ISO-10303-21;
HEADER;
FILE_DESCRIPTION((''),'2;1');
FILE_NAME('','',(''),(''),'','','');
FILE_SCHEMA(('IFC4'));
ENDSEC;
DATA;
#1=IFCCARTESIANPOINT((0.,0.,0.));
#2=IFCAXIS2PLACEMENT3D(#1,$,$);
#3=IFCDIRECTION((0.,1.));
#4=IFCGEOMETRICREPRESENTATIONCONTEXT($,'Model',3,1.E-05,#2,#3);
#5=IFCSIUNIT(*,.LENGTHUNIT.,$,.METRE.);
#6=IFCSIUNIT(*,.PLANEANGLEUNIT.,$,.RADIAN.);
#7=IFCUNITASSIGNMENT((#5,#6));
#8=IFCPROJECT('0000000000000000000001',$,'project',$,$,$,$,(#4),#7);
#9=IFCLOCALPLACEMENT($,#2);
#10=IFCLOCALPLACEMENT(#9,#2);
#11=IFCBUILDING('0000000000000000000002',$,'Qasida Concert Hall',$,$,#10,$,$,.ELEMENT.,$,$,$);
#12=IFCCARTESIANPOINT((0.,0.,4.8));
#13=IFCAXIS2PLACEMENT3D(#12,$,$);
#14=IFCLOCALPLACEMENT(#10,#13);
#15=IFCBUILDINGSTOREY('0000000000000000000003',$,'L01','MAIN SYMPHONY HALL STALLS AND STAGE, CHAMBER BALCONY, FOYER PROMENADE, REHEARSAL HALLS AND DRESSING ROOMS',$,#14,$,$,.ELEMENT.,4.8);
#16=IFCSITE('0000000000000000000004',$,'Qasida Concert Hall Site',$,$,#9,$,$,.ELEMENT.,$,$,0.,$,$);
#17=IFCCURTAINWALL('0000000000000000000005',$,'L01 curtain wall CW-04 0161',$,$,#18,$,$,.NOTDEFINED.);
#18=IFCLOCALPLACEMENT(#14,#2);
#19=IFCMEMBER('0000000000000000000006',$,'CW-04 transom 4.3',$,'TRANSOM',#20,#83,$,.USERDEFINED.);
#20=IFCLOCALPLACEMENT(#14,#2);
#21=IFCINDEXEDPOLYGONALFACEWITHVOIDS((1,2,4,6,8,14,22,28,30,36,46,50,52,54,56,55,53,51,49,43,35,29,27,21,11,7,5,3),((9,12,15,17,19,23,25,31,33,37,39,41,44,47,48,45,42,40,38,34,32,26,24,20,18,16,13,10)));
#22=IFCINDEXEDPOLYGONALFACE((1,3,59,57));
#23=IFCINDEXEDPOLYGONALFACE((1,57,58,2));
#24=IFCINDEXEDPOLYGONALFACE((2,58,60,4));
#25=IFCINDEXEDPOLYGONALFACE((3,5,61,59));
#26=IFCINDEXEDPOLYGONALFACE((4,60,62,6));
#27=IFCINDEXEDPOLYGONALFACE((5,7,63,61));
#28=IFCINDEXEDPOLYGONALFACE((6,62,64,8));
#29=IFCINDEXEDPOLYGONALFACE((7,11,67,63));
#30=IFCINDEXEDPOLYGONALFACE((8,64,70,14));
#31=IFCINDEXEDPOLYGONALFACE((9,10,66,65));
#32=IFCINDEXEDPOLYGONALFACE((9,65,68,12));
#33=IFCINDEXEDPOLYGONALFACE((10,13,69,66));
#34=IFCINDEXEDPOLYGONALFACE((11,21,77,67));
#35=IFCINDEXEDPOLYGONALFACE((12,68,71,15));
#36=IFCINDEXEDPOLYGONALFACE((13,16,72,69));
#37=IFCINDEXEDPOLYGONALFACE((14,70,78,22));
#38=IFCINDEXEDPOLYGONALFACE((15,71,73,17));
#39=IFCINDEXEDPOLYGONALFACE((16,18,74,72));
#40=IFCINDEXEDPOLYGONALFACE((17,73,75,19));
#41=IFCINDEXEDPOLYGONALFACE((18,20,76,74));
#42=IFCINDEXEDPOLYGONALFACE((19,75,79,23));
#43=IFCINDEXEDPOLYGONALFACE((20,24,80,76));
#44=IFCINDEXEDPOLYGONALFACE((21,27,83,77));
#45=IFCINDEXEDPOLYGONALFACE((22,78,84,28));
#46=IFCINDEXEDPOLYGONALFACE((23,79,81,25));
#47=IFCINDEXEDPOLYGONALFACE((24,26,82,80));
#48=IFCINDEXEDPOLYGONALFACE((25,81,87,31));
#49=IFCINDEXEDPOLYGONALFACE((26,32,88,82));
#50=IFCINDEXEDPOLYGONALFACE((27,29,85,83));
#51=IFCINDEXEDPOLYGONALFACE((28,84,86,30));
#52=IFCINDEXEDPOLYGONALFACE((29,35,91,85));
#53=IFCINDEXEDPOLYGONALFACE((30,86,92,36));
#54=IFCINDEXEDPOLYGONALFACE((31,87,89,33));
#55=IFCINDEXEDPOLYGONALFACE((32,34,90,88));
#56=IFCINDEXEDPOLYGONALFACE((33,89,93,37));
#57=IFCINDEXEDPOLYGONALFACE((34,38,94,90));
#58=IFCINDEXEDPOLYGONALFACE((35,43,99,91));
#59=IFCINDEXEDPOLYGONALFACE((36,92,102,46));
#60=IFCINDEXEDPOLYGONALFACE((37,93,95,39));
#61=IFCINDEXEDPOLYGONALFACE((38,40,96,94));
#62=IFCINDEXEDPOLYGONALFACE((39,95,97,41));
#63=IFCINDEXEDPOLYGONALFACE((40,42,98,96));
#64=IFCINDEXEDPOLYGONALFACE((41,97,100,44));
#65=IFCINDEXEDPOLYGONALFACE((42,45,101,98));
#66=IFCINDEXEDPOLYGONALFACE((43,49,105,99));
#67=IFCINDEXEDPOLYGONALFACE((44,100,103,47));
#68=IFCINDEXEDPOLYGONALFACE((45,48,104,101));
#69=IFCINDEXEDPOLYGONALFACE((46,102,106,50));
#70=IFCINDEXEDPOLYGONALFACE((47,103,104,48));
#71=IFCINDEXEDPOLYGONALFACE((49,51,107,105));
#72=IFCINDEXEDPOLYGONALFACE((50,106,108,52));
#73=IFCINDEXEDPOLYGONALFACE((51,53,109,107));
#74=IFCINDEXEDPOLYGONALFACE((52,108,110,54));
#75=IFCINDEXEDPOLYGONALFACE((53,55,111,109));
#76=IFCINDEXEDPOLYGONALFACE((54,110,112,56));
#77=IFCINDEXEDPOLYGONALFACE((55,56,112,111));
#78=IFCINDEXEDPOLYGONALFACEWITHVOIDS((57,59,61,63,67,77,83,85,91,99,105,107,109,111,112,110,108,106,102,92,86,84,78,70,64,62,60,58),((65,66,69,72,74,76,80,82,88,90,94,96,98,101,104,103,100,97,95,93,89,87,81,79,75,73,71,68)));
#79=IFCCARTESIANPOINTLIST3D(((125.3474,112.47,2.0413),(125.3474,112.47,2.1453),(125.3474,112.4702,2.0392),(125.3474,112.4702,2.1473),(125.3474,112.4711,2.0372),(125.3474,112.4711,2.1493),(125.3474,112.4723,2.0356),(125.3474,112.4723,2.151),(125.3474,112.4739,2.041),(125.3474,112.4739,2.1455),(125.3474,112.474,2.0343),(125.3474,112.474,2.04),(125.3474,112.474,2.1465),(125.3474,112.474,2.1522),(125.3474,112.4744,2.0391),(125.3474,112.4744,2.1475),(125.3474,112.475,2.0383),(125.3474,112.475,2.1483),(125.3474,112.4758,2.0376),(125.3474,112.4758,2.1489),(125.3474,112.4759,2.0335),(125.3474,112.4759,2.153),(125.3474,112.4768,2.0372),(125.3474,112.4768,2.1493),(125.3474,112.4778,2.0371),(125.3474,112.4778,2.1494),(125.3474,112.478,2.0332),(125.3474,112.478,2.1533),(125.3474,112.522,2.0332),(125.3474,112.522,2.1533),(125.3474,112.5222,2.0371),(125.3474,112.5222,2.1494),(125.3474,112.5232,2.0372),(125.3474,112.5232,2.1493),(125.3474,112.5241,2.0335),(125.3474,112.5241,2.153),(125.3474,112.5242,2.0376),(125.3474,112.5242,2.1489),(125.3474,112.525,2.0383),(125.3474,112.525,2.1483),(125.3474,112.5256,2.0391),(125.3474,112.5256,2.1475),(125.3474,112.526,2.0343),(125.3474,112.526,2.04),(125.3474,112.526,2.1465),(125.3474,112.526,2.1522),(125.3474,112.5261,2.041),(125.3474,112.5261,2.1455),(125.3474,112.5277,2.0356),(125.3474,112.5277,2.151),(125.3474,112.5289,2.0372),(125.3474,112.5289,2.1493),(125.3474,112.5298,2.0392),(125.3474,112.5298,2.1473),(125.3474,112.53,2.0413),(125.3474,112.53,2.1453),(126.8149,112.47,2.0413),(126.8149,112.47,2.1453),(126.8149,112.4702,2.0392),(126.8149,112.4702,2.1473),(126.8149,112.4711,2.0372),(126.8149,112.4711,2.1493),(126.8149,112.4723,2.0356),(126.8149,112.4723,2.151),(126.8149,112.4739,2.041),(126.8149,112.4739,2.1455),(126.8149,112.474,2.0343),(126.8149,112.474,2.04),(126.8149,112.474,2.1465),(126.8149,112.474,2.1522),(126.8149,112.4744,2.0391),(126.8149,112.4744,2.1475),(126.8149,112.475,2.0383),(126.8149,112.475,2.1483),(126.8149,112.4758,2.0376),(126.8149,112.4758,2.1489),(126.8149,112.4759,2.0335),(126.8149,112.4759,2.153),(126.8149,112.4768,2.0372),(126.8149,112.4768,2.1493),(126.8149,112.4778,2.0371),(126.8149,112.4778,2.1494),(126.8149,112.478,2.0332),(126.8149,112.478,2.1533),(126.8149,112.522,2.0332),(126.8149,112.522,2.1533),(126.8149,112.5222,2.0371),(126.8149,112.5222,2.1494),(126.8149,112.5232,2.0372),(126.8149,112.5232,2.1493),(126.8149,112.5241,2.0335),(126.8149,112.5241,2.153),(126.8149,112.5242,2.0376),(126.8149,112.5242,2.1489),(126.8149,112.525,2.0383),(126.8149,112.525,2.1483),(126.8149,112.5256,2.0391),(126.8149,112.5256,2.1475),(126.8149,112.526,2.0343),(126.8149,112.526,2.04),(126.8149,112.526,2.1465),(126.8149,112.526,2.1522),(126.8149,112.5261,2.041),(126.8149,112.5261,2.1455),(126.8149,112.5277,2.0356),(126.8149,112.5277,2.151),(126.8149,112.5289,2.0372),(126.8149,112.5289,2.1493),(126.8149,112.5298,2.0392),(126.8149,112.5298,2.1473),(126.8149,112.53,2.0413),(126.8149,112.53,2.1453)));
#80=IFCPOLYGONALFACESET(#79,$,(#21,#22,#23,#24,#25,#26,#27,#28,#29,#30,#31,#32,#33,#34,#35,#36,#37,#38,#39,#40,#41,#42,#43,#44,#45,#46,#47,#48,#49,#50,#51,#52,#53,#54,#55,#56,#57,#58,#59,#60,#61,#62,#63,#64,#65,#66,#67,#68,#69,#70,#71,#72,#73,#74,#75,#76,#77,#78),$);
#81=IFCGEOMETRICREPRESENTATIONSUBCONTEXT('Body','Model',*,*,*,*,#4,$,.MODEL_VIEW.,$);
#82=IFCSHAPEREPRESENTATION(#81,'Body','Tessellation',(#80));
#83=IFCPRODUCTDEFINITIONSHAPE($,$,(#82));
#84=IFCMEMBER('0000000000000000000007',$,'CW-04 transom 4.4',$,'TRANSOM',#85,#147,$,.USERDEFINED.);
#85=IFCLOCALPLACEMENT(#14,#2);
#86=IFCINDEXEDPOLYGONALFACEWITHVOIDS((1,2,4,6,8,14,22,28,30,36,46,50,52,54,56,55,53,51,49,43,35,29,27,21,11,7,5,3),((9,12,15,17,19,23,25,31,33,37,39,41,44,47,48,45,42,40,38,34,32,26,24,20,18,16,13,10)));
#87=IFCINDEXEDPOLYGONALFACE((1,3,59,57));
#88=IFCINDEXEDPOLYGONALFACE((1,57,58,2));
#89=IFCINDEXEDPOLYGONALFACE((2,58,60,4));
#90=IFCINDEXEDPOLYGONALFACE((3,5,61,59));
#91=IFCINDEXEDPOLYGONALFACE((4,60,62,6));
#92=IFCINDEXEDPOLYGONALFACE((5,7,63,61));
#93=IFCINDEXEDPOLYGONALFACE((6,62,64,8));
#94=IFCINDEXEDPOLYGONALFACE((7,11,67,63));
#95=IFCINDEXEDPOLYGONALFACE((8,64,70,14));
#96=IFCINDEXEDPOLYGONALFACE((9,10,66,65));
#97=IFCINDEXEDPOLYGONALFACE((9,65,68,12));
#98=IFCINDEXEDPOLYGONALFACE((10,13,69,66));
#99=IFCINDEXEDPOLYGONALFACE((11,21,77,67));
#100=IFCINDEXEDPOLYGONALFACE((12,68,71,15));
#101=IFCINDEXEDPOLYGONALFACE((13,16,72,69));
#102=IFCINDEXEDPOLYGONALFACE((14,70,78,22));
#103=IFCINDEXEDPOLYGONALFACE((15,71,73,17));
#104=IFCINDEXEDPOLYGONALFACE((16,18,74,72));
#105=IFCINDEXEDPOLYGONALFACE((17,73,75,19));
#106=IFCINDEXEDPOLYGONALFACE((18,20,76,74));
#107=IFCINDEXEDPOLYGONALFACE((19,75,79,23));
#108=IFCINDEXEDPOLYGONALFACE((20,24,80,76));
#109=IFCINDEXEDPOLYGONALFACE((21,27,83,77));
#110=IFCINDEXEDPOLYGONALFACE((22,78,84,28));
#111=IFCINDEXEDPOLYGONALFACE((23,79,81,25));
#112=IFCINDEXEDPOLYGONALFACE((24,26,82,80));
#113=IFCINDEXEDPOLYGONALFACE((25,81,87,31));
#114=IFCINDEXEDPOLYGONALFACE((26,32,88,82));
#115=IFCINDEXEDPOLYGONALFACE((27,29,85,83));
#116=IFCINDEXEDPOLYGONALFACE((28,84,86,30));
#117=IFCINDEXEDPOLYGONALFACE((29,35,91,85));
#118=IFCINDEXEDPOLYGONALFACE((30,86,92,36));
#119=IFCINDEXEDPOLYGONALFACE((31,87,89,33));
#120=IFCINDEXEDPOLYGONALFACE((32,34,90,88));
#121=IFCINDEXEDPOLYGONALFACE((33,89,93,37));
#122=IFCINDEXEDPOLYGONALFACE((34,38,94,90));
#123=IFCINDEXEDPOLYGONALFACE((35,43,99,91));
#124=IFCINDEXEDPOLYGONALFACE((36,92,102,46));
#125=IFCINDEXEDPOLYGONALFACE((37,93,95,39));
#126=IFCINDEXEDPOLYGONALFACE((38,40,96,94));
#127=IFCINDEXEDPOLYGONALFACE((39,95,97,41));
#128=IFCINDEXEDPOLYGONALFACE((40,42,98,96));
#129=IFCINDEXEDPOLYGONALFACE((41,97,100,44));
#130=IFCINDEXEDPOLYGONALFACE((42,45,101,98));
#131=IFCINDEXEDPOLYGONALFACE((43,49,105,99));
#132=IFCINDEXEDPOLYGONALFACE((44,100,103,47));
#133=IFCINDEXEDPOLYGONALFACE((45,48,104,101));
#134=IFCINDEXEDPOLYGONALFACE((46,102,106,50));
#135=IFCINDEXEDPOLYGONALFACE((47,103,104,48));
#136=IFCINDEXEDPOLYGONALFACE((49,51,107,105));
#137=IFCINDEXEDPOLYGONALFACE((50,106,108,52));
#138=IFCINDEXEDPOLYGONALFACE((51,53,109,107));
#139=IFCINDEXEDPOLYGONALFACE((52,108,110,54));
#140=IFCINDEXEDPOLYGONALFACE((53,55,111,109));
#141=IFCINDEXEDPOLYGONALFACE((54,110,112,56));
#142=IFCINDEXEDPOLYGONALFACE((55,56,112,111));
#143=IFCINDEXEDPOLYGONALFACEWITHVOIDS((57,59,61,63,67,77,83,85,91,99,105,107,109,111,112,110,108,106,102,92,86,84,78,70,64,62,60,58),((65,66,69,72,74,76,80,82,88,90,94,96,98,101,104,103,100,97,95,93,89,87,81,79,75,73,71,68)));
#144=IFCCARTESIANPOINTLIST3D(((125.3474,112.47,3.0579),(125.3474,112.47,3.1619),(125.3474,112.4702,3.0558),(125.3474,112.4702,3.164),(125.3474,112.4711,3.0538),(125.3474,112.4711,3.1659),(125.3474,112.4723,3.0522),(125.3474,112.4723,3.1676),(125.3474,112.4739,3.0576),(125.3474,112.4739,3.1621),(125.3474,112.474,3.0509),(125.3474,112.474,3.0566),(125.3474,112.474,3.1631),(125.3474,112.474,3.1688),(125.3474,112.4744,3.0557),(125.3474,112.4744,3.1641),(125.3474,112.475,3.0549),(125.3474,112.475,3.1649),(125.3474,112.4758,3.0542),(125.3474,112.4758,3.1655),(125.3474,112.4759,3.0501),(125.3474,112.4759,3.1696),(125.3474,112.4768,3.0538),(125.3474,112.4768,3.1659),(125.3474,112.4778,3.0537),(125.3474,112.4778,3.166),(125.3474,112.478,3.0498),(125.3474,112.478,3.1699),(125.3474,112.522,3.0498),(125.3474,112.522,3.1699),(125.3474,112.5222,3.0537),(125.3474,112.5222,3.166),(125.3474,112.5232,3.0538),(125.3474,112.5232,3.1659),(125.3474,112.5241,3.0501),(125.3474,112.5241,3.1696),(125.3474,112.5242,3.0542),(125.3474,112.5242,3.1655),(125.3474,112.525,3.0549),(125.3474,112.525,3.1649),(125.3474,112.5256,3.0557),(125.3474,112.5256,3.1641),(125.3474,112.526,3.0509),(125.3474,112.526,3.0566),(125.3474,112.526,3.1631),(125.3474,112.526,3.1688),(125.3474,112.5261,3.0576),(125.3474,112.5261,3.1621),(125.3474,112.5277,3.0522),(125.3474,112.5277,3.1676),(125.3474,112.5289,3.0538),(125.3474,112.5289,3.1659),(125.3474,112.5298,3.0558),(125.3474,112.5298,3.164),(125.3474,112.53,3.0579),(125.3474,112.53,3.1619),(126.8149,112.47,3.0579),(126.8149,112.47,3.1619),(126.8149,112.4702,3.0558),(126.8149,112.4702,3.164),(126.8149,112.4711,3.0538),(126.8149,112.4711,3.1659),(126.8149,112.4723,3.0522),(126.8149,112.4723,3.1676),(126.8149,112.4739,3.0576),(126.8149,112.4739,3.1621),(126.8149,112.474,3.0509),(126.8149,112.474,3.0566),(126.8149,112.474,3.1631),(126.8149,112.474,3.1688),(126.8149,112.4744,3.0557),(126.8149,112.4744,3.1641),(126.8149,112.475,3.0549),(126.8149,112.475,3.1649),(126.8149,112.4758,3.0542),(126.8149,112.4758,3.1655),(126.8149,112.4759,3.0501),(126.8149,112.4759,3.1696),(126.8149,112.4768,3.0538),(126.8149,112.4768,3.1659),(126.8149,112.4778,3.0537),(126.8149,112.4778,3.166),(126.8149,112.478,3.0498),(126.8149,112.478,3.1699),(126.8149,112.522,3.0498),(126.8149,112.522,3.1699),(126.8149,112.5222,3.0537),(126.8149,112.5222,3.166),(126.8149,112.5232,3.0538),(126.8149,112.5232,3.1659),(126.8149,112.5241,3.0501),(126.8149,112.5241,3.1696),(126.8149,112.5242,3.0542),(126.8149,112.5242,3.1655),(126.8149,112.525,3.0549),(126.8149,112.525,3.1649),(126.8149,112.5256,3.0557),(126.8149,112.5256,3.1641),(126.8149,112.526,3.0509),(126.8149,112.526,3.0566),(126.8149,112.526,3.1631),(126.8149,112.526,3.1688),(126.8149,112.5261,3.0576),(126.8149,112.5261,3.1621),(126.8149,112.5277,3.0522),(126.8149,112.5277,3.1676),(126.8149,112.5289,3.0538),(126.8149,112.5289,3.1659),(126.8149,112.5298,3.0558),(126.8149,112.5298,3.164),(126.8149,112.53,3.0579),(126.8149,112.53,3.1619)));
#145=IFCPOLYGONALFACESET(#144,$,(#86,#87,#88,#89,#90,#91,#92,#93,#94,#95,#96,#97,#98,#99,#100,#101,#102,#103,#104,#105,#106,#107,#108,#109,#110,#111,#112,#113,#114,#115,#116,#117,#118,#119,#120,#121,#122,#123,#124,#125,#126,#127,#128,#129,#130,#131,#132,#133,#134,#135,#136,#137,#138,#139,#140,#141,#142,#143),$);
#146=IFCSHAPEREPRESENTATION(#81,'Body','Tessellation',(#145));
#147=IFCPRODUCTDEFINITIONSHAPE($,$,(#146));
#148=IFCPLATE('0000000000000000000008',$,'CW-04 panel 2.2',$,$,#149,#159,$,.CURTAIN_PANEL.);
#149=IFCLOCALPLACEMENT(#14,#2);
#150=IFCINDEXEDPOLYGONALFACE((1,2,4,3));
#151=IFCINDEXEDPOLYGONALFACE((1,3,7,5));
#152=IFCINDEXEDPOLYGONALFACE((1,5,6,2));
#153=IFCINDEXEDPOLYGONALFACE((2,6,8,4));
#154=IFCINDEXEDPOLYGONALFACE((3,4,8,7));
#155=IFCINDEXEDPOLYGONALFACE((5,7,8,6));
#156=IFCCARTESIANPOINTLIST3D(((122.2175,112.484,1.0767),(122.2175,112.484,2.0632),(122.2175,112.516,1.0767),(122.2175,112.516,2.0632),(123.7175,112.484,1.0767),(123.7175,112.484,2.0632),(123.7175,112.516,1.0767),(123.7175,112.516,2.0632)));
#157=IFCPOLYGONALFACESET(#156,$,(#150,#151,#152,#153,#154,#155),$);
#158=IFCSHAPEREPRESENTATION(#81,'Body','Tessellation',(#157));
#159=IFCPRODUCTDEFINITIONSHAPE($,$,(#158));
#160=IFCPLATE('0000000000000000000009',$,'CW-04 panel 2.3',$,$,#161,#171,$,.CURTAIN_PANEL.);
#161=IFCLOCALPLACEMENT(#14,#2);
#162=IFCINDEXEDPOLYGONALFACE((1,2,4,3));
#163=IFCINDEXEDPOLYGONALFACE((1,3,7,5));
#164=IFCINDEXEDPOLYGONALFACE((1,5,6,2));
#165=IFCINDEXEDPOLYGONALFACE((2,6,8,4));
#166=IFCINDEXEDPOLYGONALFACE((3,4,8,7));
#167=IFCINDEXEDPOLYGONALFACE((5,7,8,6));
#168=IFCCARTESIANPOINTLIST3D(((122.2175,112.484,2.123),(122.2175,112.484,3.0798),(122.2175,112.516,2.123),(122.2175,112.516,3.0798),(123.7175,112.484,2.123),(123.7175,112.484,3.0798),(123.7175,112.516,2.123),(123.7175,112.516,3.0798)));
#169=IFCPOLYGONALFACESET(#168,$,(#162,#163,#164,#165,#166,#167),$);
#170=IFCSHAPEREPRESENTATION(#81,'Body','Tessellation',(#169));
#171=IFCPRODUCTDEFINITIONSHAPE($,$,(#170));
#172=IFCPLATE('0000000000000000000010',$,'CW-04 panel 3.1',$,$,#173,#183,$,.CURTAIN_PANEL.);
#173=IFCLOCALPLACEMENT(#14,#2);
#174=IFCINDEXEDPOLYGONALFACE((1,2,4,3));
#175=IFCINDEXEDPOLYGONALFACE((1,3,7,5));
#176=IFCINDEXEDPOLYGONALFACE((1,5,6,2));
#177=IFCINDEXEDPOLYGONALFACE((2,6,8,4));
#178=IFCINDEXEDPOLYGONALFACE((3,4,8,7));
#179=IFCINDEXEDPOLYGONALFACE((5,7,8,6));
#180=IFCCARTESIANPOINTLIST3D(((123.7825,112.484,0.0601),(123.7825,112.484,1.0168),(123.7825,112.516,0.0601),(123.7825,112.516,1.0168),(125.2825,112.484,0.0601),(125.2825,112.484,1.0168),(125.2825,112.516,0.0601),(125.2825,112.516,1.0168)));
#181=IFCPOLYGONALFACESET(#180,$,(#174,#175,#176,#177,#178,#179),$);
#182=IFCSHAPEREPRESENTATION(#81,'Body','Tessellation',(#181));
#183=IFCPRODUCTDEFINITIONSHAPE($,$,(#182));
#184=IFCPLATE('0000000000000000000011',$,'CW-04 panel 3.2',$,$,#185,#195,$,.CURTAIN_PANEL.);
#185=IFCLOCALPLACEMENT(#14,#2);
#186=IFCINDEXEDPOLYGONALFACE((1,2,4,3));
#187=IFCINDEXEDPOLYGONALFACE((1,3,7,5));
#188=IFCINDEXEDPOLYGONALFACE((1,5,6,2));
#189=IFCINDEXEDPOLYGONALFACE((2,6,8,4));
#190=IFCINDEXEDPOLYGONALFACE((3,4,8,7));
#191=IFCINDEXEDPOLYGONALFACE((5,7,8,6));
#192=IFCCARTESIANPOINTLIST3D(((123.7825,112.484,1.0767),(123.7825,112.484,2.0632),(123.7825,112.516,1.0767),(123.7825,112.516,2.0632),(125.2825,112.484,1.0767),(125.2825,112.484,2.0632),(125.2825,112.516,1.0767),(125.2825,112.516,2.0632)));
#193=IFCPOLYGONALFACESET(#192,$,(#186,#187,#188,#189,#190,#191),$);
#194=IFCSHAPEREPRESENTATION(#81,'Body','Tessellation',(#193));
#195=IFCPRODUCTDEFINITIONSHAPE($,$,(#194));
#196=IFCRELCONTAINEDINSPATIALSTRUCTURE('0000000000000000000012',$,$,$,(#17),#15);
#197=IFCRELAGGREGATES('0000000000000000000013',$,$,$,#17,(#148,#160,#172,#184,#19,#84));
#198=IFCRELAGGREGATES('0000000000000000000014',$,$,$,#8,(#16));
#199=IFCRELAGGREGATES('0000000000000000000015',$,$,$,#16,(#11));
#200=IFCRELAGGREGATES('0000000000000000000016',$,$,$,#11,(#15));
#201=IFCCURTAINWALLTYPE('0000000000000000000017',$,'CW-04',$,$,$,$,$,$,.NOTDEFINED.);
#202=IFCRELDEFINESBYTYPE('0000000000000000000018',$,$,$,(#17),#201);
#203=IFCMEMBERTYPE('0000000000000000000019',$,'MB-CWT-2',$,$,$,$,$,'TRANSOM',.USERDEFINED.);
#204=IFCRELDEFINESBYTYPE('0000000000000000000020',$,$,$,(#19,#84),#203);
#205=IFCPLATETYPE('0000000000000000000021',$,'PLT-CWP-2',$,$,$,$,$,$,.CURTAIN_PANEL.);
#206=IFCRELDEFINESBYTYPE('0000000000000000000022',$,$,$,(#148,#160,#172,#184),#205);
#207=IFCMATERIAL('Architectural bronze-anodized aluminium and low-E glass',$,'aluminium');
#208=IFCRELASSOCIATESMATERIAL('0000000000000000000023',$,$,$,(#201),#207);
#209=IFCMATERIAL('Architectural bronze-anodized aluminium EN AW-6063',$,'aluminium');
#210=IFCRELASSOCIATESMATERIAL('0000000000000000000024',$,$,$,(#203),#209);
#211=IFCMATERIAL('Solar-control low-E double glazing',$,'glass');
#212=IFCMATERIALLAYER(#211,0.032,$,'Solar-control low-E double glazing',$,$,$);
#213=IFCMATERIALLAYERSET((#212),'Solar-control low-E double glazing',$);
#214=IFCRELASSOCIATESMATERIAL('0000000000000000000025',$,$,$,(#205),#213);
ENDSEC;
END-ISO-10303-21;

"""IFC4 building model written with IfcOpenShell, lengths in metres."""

from ifc_helpers import new_model, si_unit, direction, frame, origin, origin_2d, place, context, subcontext, project, spatial, rectangle, hollow_rectangle, extrude, material, layer, layer_set, material_profile, profile_set, type_object, element, aggregate, save


model = new_model("IFC4")

# Units and contexts
model_context = context("Model", 3, precision=1e-05, world=origin(), true_north=direction((0.0, 1.0)))
body_context = subcontext(model_context, "Body", "Model", "MODEL_VIEW")
ifc_project = project(units=[si_unit("LENGTHUNIT", "METRE"), si_unit("PLANEANGLEUNIT", "RADIAN")], contexts=[model_context])

# Site, building, storey
site_placement = place(None, origin())
site = spatial("IfcSite", under=ifc_project, at=site_placement, Name="Qasida Concert Hall Site", CompositionType="ELEMENT", RefElevation=0.0)
building_placement = place(site_placement, origin())
building = spatial("IfcBuilding", under=site, at=building_placement, Name="Qasida Concert Hall", CompositionType="ELEMENT")
storey_placement = place(building_placement, frame((0.0, 0.0, 4.8)))
storey = spatial("IfcBuildingStorey", under=building, at=storey_placement, Name="L01", Description="MAIN SYMPHONY HALL STALLS AND STAGE, CHAMBER BALCONY, FOYER PROMENADE, REHEARSAL HALLS AND DRESSING ROOMS", CompositionType="ELEMENT", Elevation=4.8)

# Curtain wall, members, plates
ifc_material_1 = material(Name="Architectural bronze-anodized aluminium and low-E glass", Category="aluminium")
curtain_wall_type = type_object("IfcCurtainWallType", Name="CW-04", PredefinedType="NOTDEFINED", material=ifc_material_1)
curtain_wall_placement = place(storey_placement, origin())
curtain_wall = element("IfcCurtainWall", 1, at=curtain_wall_placement, inside=storey, type_object=curtain_wall_type, Name="L01 curtain wall CW-04 0161", PredefinedType="NOTDEFINED")
ifc_material_2 = material(Name="Architectural bronze-anodized aluminium EN AW-6063", Category="aluminium")
ifc_material_profile_1 = material_profile(ifc_material_2, hollow_rectangle(XDim=0.0601, YDim=0.1201, WallThickness=0.0039, InnerFilletRadius=0.0039, OuterFilletRadius=0.0081, at=origin_2d()), Name="CWT 120x60x4")
ifc_profile_set_1 = profile_set([ifc_material_profile_1], Name="Architectural bronze-anodized aluminium EN AW-6063")
member_type_1 = type_object("IfcMemberType", Name="MB-CWT-2", ElementType="TRANSOM", PredefinedType="USERDEFINED", material=ifc_profile_set_1)
member_1_placement = place(storey_placement, frame((125.3474, 112.5, 2.0933), z_axis=(1.0, 0.0, 0.0), x_axis=(0.0, 1.0, 0.0)))
member_1 = element("IfcMember", 2, at=member_1_placement, type_object=member_type_1, Name="CW-04 transom 4.3", ObjectType="TRANSOM", PredefinedType="USERDEFINED", context=body_context, shape_type="SweptSolid", body=[
    extrude(hollow_rectangle(XDim=0.0601, YDim=0.1201, WallThickness=0.0039, InnerFilletRadius=0.0039, OuterFilletRadius=0.0081, at=origin_2d()), origin(), (0.0, 0.0, 1.0), 1.4675),
])
member_2_placement = place(storey_placement, frame((125.3474, 112.5, 3.1099), z_axis=(1.0, 0.0, 0.0), x_axis=(0.0, 1.0, 0.0)))
member_2 = element("IfcMember", 3, at=member_2_placement, type_object=member_type_1, Name="CW-04 transom 4.4", ObjectType="TRANSOM", PredefinedType="USERDEFINED", context=body_context, shape_type="SweptSolid", body=[
    extrude(hollow_rectangle(XDim=0.0601, YDim=0.1201, WallThickness=0.0039, InnerFilletRadius=0.0039, OuterFilletRadius=0.0081, at=origin_2d()), origin(), (0.0, 0.0, 1.0), 1.4675),
])
ifc_material_3 = material(Name="Solar-control low-E double glazing", Category="glass")
ifc_layer_1 = layer(ifc_material_3, 0.032, Name="Solar-control low-E double glazing")
ifc_layer_set_1 = layer_set([ifc_layer_1], Name="Solar-control low-E double glazing")
plate_type = type_object("IfcPlateType", Name="PLT-CWP-2", PredefinedType="CURTAIN_PANEL", material=ifc_layer_set_1)
plate_1_placement = place(storey_placement, frame((122.9675, 112.5, 1.0767), z_axis=(0.0, 0.0, 1.0), x_axis=(1.0, 0.0, 0.0)))
plate_1 = element("IfcPlate", 4, at=plate_1_placement, type_object=plate_type, Name="CW-04 panel 2.2", PredefinedType="CURTAIN_PANEL", context=body_context, shape_type="SweptSolid", body=[
    extrude(rectangle(XDim=1.5, YDim=0.032, at=origin_2d()), origin(), (0.0, 0.0, 1.0), 0.9866),
])
plate_2_placement = place(storey_placement, frame((122.9675, 112.5, 2.123), z_axis=(0.0, 0.0, 1.0), x_axis=(1.0, 0.0, 0.0)))
plate_2 = element("IfcPlate", 5, at=plate_2_placement, type_object=plate_type, Name="CW-04 panel 2.3", PredefinedType="CURTAIN_PANEL", context=body_context, shape_type="SweptSolid", body=[
    extrude(rectangle(XDim=1.5, YDim=0.032, at=origin_2d()), origin(), (0.0, 0.0, 1.0), 0.9568),
])
plate_3_placement = place(storey_placement, frame((124.5325, 112.5, 0.0601), z_axis=(0.0, 0.0, 1.0), x_axis=(1.0, 0.0, 0.0)))
plate_3 = element("IfcPlate", 6, at=plate_3_placement, type_object=plate_type, Name="CW-04 panel 3.1", PredefinedType="CURTAIN_PANEL", context=body_context, shape_type="SweptSolid", body=[
    extrude(rectangle(XDim=1.5, YDim=0.032, at=origin_2d()), origin(), (0.0, 0.0, 1.0), 0.9568),
])
plate_4_placement = place(storey_placement, frame((124.5325, 112.5, 1.0767), z_axis=(0.0, 0.0, 1.0), x_axis=(1.0, 0.0, 0.0)))
plate_4 = element("IfcPlate", 7, at=plate_4_placement, type_object=plate_type, Name="CW-04 panel 3.2", PredefinedType="CURTAIN_PANEL", context=body_context, shape_type="SweptSolid", body=[
    extrude(rectangle(XDim=1.5, YDim=0.032, at=origin_2d()), origin(), (0.0, 0.0, 1.0), 0.9866),
])
aggregate(curtain_wall, [plate_1, plate_2, plate_3, plate_4, member_1, member_2])

save(model, "model.ifc")
